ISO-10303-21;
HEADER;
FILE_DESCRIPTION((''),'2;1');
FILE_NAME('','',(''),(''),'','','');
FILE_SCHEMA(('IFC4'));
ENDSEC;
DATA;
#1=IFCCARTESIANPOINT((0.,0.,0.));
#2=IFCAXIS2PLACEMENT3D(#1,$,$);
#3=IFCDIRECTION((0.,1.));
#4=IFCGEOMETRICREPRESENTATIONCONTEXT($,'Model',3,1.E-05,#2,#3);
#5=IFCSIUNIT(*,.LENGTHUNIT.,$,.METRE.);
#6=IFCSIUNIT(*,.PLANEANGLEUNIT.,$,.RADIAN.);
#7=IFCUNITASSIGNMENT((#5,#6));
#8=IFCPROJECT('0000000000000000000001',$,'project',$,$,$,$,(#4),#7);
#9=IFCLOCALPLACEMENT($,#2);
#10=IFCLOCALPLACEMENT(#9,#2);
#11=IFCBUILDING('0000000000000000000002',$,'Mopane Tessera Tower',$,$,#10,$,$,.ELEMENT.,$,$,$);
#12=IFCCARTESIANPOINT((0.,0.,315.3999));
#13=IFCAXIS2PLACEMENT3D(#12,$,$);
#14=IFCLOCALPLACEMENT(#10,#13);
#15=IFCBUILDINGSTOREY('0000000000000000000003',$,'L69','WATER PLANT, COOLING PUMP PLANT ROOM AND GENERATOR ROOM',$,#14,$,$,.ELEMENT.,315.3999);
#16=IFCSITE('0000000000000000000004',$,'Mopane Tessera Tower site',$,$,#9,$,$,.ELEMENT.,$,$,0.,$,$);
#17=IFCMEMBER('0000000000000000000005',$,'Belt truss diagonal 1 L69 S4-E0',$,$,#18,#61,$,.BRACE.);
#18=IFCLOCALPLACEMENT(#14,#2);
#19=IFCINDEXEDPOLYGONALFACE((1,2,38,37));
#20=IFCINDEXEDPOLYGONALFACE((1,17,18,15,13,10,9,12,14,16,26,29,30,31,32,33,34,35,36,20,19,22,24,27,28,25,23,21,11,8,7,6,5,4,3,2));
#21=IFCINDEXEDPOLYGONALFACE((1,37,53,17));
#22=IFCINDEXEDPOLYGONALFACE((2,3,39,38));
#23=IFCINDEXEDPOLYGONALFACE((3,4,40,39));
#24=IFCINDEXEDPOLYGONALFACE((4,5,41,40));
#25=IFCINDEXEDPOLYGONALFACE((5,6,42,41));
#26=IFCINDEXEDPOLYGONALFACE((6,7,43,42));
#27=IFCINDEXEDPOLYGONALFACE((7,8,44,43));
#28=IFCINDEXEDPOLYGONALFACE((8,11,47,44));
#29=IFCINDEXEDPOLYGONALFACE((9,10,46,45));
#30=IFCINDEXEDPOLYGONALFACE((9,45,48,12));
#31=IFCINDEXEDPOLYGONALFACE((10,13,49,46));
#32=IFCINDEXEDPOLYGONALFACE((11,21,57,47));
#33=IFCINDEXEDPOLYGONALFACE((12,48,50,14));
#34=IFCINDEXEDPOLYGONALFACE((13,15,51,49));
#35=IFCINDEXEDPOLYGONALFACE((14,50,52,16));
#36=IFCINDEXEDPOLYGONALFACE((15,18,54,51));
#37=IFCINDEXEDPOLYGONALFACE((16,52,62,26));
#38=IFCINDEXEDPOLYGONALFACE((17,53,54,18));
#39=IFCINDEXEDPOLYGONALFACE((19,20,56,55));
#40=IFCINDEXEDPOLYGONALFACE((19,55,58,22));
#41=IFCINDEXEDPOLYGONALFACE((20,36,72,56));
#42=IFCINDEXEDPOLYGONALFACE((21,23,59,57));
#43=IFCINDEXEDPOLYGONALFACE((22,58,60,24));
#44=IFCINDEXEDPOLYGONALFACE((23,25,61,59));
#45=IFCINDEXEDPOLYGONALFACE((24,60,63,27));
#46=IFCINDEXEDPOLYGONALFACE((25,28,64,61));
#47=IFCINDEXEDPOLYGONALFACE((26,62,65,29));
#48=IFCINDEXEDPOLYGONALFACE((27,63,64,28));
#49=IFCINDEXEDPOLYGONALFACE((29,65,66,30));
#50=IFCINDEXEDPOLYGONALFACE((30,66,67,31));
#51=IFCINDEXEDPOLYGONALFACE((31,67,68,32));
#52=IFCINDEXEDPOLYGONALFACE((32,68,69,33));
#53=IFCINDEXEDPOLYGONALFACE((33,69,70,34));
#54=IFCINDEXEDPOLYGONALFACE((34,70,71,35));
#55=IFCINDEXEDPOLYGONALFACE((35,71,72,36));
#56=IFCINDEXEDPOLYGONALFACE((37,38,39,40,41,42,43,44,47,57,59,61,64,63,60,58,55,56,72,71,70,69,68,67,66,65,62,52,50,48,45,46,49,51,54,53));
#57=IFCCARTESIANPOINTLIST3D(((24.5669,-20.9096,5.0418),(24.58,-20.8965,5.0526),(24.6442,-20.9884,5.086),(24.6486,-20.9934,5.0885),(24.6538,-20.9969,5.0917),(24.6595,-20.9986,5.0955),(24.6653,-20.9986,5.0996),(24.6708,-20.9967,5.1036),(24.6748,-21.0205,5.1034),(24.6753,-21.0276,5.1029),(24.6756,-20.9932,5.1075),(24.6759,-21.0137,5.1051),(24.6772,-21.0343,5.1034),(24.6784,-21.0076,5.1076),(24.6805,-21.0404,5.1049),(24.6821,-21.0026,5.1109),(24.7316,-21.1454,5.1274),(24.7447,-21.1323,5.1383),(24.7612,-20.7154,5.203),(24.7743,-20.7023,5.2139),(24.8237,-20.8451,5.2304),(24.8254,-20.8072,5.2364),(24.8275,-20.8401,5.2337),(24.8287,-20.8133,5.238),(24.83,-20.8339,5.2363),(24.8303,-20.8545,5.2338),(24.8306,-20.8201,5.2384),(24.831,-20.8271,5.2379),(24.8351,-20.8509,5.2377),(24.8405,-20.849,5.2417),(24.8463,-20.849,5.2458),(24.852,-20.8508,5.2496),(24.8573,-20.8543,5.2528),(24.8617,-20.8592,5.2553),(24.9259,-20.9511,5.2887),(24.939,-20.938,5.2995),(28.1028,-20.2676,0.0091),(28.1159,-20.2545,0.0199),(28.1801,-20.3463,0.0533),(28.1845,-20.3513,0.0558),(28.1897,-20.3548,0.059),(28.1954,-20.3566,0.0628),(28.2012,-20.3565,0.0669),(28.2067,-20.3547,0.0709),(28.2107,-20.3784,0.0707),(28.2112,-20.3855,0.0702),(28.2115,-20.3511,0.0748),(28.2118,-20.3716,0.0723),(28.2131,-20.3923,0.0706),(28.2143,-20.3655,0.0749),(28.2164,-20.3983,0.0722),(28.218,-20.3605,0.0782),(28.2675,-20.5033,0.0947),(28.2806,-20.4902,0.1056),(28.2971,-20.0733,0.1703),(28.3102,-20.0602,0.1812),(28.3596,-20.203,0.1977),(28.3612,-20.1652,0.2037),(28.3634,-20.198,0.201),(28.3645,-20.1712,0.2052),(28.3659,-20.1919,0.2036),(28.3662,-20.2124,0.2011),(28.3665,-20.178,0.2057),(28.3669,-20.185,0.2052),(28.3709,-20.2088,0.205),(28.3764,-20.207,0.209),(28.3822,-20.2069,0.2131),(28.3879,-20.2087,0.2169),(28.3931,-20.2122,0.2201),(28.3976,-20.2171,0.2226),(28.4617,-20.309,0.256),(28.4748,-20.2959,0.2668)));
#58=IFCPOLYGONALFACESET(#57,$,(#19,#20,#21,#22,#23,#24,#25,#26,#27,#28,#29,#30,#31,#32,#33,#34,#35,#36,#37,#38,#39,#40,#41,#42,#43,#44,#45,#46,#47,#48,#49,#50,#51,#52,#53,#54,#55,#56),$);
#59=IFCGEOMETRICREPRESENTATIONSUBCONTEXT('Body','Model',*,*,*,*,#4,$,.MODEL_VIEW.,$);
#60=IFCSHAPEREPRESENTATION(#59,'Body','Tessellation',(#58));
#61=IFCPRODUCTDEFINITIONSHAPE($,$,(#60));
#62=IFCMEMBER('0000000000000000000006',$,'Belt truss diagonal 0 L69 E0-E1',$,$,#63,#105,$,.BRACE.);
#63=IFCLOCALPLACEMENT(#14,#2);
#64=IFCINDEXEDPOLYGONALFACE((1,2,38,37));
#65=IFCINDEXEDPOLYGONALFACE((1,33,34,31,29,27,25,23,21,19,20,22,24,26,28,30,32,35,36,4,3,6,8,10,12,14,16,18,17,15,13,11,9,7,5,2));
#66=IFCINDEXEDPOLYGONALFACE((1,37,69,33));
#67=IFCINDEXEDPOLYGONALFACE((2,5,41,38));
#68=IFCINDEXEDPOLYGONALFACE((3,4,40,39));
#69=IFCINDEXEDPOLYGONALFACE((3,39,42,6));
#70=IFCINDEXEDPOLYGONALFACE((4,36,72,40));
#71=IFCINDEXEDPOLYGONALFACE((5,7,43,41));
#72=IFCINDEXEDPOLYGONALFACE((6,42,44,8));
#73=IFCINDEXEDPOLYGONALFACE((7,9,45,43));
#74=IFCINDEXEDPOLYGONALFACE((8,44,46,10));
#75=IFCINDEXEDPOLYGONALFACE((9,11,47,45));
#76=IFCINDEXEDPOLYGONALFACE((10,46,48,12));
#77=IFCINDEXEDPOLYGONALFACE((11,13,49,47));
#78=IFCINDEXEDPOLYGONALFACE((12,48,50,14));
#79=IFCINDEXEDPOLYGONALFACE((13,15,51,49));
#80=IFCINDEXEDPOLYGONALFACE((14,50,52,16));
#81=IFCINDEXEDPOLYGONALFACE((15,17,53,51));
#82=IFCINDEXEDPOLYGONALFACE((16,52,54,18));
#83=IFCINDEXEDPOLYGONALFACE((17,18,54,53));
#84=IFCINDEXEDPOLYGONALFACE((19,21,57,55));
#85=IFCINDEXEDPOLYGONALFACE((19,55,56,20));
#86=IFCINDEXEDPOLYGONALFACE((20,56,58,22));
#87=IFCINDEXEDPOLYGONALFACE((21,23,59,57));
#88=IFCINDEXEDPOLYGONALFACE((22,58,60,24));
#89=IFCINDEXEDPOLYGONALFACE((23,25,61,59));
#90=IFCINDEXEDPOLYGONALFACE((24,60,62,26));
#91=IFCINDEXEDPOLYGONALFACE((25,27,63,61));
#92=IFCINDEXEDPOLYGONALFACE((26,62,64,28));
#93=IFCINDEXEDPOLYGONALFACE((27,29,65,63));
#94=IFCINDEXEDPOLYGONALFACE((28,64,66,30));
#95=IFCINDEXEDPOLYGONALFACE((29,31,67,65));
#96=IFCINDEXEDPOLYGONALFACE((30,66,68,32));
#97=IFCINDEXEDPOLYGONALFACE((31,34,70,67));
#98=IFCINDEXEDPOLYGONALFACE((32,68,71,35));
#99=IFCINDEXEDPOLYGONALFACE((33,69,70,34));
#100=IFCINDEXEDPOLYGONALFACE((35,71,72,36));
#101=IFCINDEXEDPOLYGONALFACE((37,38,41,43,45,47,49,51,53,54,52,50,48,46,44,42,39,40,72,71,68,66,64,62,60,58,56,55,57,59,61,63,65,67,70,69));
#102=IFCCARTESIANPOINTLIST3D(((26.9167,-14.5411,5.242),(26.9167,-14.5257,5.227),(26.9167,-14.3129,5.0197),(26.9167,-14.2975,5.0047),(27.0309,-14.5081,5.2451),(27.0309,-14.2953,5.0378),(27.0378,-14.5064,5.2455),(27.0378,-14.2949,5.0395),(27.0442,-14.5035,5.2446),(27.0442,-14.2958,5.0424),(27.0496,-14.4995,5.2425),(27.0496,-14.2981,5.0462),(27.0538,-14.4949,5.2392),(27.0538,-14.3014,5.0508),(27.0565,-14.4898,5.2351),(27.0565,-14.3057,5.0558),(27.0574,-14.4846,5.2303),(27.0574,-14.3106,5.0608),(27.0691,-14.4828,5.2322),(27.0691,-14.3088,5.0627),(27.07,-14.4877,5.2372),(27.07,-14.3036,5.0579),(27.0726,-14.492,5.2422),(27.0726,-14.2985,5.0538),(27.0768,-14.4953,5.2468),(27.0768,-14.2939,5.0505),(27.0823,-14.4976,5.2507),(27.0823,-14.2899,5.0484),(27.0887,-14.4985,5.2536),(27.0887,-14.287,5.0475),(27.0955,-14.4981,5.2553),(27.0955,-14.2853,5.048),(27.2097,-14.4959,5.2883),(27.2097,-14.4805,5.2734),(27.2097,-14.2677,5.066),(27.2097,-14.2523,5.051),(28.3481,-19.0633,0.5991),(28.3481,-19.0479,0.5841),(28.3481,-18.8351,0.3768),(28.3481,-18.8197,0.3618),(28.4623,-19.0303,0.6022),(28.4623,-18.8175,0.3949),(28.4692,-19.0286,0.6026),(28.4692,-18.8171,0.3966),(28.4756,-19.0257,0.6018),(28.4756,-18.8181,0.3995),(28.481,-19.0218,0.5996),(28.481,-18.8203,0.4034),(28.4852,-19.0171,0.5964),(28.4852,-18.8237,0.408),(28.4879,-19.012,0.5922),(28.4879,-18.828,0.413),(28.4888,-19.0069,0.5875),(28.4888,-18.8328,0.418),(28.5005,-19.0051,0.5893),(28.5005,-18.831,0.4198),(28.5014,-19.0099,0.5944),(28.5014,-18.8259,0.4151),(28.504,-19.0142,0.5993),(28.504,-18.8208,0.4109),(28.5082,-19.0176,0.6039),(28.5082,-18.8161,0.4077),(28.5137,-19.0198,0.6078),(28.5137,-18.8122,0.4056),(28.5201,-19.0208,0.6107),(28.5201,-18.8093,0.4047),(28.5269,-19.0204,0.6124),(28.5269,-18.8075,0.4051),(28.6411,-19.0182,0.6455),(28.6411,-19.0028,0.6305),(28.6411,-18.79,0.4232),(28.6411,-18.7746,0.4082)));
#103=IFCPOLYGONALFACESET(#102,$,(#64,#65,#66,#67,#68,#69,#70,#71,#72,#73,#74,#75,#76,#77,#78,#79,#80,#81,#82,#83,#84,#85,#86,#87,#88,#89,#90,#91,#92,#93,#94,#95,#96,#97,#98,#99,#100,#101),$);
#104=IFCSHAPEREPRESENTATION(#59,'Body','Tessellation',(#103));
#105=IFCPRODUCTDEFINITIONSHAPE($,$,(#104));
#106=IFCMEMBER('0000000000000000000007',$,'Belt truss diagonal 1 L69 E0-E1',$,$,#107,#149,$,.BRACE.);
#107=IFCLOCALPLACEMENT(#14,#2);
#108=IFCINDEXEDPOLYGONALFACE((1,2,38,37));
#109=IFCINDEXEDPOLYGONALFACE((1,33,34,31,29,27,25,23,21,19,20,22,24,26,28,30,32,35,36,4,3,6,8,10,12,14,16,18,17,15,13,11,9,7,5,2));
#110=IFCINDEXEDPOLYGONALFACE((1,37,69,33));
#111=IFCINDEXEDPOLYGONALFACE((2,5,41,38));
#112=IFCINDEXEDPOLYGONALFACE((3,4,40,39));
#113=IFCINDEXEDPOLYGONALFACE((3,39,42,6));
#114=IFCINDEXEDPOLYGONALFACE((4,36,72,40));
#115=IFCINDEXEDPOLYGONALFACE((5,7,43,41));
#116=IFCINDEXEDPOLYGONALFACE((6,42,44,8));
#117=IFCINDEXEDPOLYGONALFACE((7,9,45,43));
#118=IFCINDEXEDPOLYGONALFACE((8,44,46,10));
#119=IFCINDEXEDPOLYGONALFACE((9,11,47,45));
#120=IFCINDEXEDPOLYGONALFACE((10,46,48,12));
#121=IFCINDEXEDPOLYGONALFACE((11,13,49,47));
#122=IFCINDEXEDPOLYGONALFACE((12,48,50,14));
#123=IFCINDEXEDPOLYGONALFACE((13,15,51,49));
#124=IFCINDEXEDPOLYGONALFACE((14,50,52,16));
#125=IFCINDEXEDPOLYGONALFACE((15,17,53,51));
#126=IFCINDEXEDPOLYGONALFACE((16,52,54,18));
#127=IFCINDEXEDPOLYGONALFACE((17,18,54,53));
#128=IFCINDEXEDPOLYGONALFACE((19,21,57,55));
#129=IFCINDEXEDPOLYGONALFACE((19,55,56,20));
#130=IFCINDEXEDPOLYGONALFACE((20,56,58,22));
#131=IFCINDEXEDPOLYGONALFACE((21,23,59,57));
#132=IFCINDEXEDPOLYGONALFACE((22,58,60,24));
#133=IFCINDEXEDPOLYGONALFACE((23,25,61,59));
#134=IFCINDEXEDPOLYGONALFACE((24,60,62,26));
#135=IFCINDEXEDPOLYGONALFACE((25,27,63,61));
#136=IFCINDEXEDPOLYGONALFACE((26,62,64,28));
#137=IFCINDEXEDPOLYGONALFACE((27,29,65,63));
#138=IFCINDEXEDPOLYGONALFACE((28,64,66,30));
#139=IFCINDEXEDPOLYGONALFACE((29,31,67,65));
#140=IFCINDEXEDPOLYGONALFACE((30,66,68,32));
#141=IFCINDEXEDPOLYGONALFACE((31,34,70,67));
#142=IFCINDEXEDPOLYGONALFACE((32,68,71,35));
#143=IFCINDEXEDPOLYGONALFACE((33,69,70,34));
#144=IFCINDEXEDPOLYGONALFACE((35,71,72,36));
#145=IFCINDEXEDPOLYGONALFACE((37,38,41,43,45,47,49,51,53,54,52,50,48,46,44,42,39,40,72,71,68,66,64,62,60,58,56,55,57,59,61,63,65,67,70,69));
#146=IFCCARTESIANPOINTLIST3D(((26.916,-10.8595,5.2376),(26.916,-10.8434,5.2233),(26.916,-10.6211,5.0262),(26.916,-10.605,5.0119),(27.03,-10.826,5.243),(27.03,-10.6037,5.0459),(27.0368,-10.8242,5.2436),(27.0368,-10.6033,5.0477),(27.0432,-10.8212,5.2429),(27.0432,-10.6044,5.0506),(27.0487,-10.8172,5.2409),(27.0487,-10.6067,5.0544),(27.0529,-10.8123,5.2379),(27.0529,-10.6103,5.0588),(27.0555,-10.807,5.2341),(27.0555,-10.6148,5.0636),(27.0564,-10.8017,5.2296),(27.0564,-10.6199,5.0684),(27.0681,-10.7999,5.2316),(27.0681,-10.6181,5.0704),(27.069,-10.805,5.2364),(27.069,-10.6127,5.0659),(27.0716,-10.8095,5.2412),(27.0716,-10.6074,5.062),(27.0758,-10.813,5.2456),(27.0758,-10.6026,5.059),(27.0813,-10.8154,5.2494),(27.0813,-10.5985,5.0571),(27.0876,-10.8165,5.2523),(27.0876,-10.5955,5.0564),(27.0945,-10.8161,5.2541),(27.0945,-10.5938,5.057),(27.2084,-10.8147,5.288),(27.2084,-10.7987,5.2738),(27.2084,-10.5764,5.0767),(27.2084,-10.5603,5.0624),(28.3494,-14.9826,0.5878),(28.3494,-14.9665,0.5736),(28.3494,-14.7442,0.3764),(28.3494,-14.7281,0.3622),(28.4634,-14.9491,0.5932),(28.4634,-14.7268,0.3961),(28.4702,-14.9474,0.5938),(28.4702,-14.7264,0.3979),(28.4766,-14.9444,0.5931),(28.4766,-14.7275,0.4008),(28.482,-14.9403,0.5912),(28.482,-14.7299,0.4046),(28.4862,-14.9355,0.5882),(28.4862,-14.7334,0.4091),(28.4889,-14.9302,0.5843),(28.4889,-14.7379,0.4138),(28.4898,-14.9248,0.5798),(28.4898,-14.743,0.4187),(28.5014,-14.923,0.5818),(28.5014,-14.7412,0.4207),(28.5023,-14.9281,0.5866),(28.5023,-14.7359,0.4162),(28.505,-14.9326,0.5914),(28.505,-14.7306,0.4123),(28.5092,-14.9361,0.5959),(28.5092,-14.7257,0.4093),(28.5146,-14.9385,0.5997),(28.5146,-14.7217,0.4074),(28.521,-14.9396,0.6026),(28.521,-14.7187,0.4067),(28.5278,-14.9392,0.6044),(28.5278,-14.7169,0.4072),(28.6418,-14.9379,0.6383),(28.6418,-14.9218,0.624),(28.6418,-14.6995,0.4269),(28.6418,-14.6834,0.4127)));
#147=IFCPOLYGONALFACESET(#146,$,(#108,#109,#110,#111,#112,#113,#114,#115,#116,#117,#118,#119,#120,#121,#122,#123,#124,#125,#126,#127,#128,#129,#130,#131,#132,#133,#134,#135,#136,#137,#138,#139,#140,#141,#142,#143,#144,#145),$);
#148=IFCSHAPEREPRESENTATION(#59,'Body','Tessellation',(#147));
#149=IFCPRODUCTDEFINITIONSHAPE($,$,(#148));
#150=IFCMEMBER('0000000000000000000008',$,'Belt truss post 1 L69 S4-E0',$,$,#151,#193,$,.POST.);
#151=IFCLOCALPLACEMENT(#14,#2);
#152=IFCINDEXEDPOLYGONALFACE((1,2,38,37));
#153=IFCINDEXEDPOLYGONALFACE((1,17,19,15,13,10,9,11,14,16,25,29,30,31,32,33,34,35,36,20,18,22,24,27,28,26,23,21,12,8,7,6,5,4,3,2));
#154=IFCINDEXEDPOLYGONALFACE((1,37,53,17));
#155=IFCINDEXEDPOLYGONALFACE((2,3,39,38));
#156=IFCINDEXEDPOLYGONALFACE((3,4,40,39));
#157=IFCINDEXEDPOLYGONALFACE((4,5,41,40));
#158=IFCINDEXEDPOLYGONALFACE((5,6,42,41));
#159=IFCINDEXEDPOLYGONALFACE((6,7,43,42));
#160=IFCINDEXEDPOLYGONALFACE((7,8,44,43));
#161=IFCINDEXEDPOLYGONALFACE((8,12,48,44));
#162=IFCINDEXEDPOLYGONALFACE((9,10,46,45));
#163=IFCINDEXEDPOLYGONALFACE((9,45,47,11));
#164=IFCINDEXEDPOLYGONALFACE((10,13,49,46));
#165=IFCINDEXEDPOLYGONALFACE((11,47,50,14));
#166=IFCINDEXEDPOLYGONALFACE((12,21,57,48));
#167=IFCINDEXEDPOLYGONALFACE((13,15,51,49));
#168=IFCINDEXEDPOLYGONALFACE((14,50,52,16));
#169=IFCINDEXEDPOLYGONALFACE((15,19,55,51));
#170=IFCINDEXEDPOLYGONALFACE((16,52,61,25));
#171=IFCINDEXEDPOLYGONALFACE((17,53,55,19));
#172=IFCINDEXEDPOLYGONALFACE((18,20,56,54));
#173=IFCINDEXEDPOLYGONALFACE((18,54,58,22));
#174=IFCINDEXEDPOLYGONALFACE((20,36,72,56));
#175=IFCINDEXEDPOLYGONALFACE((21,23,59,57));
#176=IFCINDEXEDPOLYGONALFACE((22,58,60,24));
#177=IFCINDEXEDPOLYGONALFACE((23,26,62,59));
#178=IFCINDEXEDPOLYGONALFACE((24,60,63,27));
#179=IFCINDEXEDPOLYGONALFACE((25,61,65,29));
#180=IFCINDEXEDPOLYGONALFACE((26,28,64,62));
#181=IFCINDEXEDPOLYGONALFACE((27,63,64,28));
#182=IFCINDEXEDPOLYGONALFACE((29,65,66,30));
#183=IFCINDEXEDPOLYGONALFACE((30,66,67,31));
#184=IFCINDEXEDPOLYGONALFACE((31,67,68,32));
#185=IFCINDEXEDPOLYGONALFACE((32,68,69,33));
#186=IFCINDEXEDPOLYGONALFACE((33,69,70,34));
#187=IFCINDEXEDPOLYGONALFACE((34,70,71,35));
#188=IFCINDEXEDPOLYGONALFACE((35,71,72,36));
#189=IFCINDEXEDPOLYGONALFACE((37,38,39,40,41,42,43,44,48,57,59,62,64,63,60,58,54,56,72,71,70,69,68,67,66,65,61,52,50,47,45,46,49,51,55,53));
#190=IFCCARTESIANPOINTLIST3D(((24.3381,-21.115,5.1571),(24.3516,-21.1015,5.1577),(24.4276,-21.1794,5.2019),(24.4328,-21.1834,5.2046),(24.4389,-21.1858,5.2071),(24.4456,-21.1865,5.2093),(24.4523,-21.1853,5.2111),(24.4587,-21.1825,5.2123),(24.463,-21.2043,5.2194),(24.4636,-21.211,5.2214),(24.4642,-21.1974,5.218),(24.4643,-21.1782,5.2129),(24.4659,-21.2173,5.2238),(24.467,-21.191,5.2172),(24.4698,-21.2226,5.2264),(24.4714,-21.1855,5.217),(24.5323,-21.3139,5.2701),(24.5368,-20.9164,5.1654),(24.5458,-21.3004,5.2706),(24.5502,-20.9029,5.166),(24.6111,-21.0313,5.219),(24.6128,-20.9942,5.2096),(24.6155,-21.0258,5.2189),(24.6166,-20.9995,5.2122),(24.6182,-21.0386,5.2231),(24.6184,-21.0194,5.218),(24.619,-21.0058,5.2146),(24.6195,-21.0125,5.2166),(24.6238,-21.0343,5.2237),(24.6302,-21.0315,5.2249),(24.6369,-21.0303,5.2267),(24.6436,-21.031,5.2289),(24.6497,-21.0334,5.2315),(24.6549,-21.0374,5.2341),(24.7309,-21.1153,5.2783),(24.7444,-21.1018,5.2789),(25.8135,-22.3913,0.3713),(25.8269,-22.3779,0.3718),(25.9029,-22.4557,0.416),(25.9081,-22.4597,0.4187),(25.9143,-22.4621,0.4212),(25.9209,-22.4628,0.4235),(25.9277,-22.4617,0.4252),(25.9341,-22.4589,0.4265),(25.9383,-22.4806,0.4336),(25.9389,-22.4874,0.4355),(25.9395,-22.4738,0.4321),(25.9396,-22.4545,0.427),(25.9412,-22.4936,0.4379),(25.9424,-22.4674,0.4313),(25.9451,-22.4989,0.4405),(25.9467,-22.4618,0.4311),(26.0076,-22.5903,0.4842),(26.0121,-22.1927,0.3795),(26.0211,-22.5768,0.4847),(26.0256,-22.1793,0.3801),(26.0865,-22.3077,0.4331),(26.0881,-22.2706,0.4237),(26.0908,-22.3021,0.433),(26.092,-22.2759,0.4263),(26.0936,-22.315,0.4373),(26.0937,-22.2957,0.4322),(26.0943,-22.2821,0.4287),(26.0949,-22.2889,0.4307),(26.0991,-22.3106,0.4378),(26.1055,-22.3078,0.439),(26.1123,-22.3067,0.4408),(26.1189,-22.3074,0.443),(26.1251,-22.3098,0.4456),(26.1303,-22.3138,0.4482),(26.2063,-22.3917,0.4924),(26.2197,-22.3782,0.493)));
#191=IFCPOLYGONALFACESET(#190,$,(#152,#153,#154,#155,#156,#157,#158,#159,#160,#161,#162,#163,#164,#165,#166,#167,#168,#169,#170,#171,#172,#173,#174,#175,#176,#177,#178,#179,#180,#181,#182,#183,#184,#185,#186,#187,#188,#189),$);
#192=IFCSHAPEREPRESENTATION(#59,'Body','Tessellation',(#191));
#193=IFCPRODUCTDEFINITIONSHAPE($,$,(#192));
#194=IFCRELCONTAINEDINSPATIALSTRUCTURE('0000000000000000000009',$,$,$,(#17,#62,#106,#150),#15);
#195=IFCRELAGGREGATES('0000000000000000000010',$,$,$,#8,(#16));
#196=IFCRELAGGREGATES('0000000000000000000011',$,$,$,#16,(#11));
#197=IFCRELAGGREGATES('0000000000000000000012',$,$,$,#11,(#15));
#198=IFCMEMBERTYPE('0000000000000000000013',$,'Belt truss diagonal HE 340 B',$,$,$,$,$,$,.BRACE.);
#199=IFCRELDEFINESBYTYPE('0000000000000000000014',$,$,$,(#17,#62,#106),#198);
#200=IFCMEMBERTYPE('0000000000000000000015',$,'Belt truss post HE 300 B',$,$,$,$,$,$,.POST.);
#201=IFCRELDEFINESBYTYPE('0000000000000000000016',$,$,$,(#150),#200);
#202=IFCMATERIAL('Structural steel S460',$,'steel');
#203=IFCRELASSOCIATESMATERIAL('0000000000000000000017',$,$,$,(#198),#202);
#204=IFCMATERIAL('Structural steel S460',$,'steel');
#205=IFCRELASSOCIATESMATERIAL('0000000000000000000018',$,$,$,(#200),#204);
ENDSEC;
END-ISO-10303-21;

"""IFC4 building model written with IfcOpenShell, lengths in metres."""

from ifc_helpers import new_model, si_unit, direction, frame, origin, origin_2d, place, context, subcontext, project, spatial, i_section, extrude, material, material_profile, profile_set, type_object, element, save


model = new_model("IFC4")

# Units and contexts
model_context = context("Model", 3, precision=1e-05, world=origin(), true_north=direction((0.0, 1.0)))
body_context = subcontext(model_context, "Body", "Model", "MODEL_VIEW")
ifc_project = project(units=[si_unit("LENGTHUNIT", "METRE"), si_unit("PLANEANGLEUNIT", "RADIAN")], contexts=[model_context])

# Site, building, storey
site_placement = place(None, origin())
site = spatial("IfcSite", under=ifc_project, at=site_placement, Name="Mopane Tessera Tower site", CompositionType="ELEMENT", RefElevation=0.0)
building_placement = place(site_placement, origin())
building = spatial("IfcBuilding", under=site, at=building_placement, Name="Mopane Tessera Tower", CompositionType="ELEMENT")
storey_placement = place(building_placement, frame((0.0, 0.0, 315.3999)))
storey = spatial("IfcBuildingStorey", under=building, at=storey_placement, Name="L69", Description="WATER PLANT, COOLING PUMP PLANT ROOM AND GENERATOR ROOM", CompositionType="ELEMENT", Elevation=315.3999)

# Members
ifc_material_1 = material(Name="Structural steel S460", Category="steel")
ifc_material_profile_1 = material_profile(ifc_material_1, i_section(OverallWidth=0.3, OverallDepth=0.3401, WebThickness=0.012, FlangeThickness=0.0215, FilletRadius=0.0271, at=origin_2d()))
ifc_profile_set_1 = profile_set([ifc_material_profile_1], Name="Structural steel S460")
member_type_1 = type_object("IfcMemberType", Name="Belt truss diagonal HE 340 B", PredefinedType="BRACE", material=ifc_profile_set_1)
member_1_placement = place(storey_placement, frame((24.7529, -20.9238, 5.1707), z_axis=(0.571772, 0.103829, -0.813816), x_axis=(-0.548845, 0.785707, -0.285365)))
element("IfcMember", 1, at=member_1_placement, inside=storey, type_object=member_type_1, Name="Belt truss diagonal 1 L69 S4-E0", PredefinedType="BRACE", context=body_context, shape_type="SweptSolid", body=[
    extrude(i_section(OverallWidth=0.3, OverallDepth=0.3401, WebThickness=0.012, FlangeThickness=0.0215, FilletRadius=0.0271, at=origin_2d()), origin(), (0.0, 0.0, 1.0), 6.1841),
])
member_2_placement = place(storey_placement, frame((28.4946, -18.9189, 0.5037), z_axis=(-0.215656, 0.681323, 0.699494), x_axis=(-0.976469, -0.150469, -0.154488)))
element("IfcMember", 2, at=member_2_placement, inside=storey, type_object=member_type_1, Name="Belt truss diagonal 0 L69 E0-E1", PredefinedType="BRACE", context=body_context, shape_type="SweptSolid", body=[
    extrude(i_section(OverallWidth=0.3, OverallDepth=0.3401, WebThickness=0.012, FlangeThickness=0.0215, FilletRadius=0.0271, at=origin_2d()), origin(), (0.0, 0.0, 1.0), 6.6375),
])
member_3_placement = place(storey_placement, frame((28.4956, -14.833, 0.5002), z_axis=(-0.224749, 0.646492, 0.729065), x_axis=(-0.974417, -0.149082, -0.168186)))
element("IfcMember", 3, at=member_3_placement, inside=storey, type_object=member_type_1, Name="Belt truss diagonal 1 L69 E0-E1", PredefinedType="BRACE", context=body_context, shape_type="SweptSolid", body=[
    extrude(i_section(OverallWidth=0.3, OverallDepth=0.3401, WebThickness=0.012, FlangeThickness=0.0215, FilletRadius=0.0271, at=origin_2d()), origin(), (0.0, 0.0, 1.0), 6.3777),
])
ifc_material_2 = material(Name="Structural steel S460", Category="steel")
ifc_material_profile_2 = material_profile(ifc_material_2, i_section(OverallWidth=0.3, OverallDepth=0.3, WebThickness=0.011, FlangeThickness=0.019, FilletRadius=0.0271, at=origin_2d()))
ifc_profile_set_2 = profile_set([ifc_material_profile_2], Name="Structural steel S460")
member_type_2 = type_object("IfcMemberType", Name="Belt truss post HE 300 B", PredefinedType="POST", material=ifc_profile_set_2)
member_4_placement = place(storey_placement, frame((26.0166, -22.3848, 0.4321), z_axis=(-0.285464, 0.246965, 0.926023), x_axis=(-0.647193, 0.662967, -0.376319)))
element("IfcMember", 4, at=member_4_placement, inside=storey, type_object=member_type_2, Name="Belt truss post 1 L69 S4-E0", PredefinedType="POST", context=body_context, shape_type="SweptSolid", body=[
    extrude(i_section(OverallWidth=0.3, OverallDepth=0.3, WebThickness=0.011, FlangeThickness=0.019, FilletRadius=0.0271, at=origin_2d()), origin(), (0.0, 0.0, 1.0), 5.1682),
])

save(model, "model.ifc")
